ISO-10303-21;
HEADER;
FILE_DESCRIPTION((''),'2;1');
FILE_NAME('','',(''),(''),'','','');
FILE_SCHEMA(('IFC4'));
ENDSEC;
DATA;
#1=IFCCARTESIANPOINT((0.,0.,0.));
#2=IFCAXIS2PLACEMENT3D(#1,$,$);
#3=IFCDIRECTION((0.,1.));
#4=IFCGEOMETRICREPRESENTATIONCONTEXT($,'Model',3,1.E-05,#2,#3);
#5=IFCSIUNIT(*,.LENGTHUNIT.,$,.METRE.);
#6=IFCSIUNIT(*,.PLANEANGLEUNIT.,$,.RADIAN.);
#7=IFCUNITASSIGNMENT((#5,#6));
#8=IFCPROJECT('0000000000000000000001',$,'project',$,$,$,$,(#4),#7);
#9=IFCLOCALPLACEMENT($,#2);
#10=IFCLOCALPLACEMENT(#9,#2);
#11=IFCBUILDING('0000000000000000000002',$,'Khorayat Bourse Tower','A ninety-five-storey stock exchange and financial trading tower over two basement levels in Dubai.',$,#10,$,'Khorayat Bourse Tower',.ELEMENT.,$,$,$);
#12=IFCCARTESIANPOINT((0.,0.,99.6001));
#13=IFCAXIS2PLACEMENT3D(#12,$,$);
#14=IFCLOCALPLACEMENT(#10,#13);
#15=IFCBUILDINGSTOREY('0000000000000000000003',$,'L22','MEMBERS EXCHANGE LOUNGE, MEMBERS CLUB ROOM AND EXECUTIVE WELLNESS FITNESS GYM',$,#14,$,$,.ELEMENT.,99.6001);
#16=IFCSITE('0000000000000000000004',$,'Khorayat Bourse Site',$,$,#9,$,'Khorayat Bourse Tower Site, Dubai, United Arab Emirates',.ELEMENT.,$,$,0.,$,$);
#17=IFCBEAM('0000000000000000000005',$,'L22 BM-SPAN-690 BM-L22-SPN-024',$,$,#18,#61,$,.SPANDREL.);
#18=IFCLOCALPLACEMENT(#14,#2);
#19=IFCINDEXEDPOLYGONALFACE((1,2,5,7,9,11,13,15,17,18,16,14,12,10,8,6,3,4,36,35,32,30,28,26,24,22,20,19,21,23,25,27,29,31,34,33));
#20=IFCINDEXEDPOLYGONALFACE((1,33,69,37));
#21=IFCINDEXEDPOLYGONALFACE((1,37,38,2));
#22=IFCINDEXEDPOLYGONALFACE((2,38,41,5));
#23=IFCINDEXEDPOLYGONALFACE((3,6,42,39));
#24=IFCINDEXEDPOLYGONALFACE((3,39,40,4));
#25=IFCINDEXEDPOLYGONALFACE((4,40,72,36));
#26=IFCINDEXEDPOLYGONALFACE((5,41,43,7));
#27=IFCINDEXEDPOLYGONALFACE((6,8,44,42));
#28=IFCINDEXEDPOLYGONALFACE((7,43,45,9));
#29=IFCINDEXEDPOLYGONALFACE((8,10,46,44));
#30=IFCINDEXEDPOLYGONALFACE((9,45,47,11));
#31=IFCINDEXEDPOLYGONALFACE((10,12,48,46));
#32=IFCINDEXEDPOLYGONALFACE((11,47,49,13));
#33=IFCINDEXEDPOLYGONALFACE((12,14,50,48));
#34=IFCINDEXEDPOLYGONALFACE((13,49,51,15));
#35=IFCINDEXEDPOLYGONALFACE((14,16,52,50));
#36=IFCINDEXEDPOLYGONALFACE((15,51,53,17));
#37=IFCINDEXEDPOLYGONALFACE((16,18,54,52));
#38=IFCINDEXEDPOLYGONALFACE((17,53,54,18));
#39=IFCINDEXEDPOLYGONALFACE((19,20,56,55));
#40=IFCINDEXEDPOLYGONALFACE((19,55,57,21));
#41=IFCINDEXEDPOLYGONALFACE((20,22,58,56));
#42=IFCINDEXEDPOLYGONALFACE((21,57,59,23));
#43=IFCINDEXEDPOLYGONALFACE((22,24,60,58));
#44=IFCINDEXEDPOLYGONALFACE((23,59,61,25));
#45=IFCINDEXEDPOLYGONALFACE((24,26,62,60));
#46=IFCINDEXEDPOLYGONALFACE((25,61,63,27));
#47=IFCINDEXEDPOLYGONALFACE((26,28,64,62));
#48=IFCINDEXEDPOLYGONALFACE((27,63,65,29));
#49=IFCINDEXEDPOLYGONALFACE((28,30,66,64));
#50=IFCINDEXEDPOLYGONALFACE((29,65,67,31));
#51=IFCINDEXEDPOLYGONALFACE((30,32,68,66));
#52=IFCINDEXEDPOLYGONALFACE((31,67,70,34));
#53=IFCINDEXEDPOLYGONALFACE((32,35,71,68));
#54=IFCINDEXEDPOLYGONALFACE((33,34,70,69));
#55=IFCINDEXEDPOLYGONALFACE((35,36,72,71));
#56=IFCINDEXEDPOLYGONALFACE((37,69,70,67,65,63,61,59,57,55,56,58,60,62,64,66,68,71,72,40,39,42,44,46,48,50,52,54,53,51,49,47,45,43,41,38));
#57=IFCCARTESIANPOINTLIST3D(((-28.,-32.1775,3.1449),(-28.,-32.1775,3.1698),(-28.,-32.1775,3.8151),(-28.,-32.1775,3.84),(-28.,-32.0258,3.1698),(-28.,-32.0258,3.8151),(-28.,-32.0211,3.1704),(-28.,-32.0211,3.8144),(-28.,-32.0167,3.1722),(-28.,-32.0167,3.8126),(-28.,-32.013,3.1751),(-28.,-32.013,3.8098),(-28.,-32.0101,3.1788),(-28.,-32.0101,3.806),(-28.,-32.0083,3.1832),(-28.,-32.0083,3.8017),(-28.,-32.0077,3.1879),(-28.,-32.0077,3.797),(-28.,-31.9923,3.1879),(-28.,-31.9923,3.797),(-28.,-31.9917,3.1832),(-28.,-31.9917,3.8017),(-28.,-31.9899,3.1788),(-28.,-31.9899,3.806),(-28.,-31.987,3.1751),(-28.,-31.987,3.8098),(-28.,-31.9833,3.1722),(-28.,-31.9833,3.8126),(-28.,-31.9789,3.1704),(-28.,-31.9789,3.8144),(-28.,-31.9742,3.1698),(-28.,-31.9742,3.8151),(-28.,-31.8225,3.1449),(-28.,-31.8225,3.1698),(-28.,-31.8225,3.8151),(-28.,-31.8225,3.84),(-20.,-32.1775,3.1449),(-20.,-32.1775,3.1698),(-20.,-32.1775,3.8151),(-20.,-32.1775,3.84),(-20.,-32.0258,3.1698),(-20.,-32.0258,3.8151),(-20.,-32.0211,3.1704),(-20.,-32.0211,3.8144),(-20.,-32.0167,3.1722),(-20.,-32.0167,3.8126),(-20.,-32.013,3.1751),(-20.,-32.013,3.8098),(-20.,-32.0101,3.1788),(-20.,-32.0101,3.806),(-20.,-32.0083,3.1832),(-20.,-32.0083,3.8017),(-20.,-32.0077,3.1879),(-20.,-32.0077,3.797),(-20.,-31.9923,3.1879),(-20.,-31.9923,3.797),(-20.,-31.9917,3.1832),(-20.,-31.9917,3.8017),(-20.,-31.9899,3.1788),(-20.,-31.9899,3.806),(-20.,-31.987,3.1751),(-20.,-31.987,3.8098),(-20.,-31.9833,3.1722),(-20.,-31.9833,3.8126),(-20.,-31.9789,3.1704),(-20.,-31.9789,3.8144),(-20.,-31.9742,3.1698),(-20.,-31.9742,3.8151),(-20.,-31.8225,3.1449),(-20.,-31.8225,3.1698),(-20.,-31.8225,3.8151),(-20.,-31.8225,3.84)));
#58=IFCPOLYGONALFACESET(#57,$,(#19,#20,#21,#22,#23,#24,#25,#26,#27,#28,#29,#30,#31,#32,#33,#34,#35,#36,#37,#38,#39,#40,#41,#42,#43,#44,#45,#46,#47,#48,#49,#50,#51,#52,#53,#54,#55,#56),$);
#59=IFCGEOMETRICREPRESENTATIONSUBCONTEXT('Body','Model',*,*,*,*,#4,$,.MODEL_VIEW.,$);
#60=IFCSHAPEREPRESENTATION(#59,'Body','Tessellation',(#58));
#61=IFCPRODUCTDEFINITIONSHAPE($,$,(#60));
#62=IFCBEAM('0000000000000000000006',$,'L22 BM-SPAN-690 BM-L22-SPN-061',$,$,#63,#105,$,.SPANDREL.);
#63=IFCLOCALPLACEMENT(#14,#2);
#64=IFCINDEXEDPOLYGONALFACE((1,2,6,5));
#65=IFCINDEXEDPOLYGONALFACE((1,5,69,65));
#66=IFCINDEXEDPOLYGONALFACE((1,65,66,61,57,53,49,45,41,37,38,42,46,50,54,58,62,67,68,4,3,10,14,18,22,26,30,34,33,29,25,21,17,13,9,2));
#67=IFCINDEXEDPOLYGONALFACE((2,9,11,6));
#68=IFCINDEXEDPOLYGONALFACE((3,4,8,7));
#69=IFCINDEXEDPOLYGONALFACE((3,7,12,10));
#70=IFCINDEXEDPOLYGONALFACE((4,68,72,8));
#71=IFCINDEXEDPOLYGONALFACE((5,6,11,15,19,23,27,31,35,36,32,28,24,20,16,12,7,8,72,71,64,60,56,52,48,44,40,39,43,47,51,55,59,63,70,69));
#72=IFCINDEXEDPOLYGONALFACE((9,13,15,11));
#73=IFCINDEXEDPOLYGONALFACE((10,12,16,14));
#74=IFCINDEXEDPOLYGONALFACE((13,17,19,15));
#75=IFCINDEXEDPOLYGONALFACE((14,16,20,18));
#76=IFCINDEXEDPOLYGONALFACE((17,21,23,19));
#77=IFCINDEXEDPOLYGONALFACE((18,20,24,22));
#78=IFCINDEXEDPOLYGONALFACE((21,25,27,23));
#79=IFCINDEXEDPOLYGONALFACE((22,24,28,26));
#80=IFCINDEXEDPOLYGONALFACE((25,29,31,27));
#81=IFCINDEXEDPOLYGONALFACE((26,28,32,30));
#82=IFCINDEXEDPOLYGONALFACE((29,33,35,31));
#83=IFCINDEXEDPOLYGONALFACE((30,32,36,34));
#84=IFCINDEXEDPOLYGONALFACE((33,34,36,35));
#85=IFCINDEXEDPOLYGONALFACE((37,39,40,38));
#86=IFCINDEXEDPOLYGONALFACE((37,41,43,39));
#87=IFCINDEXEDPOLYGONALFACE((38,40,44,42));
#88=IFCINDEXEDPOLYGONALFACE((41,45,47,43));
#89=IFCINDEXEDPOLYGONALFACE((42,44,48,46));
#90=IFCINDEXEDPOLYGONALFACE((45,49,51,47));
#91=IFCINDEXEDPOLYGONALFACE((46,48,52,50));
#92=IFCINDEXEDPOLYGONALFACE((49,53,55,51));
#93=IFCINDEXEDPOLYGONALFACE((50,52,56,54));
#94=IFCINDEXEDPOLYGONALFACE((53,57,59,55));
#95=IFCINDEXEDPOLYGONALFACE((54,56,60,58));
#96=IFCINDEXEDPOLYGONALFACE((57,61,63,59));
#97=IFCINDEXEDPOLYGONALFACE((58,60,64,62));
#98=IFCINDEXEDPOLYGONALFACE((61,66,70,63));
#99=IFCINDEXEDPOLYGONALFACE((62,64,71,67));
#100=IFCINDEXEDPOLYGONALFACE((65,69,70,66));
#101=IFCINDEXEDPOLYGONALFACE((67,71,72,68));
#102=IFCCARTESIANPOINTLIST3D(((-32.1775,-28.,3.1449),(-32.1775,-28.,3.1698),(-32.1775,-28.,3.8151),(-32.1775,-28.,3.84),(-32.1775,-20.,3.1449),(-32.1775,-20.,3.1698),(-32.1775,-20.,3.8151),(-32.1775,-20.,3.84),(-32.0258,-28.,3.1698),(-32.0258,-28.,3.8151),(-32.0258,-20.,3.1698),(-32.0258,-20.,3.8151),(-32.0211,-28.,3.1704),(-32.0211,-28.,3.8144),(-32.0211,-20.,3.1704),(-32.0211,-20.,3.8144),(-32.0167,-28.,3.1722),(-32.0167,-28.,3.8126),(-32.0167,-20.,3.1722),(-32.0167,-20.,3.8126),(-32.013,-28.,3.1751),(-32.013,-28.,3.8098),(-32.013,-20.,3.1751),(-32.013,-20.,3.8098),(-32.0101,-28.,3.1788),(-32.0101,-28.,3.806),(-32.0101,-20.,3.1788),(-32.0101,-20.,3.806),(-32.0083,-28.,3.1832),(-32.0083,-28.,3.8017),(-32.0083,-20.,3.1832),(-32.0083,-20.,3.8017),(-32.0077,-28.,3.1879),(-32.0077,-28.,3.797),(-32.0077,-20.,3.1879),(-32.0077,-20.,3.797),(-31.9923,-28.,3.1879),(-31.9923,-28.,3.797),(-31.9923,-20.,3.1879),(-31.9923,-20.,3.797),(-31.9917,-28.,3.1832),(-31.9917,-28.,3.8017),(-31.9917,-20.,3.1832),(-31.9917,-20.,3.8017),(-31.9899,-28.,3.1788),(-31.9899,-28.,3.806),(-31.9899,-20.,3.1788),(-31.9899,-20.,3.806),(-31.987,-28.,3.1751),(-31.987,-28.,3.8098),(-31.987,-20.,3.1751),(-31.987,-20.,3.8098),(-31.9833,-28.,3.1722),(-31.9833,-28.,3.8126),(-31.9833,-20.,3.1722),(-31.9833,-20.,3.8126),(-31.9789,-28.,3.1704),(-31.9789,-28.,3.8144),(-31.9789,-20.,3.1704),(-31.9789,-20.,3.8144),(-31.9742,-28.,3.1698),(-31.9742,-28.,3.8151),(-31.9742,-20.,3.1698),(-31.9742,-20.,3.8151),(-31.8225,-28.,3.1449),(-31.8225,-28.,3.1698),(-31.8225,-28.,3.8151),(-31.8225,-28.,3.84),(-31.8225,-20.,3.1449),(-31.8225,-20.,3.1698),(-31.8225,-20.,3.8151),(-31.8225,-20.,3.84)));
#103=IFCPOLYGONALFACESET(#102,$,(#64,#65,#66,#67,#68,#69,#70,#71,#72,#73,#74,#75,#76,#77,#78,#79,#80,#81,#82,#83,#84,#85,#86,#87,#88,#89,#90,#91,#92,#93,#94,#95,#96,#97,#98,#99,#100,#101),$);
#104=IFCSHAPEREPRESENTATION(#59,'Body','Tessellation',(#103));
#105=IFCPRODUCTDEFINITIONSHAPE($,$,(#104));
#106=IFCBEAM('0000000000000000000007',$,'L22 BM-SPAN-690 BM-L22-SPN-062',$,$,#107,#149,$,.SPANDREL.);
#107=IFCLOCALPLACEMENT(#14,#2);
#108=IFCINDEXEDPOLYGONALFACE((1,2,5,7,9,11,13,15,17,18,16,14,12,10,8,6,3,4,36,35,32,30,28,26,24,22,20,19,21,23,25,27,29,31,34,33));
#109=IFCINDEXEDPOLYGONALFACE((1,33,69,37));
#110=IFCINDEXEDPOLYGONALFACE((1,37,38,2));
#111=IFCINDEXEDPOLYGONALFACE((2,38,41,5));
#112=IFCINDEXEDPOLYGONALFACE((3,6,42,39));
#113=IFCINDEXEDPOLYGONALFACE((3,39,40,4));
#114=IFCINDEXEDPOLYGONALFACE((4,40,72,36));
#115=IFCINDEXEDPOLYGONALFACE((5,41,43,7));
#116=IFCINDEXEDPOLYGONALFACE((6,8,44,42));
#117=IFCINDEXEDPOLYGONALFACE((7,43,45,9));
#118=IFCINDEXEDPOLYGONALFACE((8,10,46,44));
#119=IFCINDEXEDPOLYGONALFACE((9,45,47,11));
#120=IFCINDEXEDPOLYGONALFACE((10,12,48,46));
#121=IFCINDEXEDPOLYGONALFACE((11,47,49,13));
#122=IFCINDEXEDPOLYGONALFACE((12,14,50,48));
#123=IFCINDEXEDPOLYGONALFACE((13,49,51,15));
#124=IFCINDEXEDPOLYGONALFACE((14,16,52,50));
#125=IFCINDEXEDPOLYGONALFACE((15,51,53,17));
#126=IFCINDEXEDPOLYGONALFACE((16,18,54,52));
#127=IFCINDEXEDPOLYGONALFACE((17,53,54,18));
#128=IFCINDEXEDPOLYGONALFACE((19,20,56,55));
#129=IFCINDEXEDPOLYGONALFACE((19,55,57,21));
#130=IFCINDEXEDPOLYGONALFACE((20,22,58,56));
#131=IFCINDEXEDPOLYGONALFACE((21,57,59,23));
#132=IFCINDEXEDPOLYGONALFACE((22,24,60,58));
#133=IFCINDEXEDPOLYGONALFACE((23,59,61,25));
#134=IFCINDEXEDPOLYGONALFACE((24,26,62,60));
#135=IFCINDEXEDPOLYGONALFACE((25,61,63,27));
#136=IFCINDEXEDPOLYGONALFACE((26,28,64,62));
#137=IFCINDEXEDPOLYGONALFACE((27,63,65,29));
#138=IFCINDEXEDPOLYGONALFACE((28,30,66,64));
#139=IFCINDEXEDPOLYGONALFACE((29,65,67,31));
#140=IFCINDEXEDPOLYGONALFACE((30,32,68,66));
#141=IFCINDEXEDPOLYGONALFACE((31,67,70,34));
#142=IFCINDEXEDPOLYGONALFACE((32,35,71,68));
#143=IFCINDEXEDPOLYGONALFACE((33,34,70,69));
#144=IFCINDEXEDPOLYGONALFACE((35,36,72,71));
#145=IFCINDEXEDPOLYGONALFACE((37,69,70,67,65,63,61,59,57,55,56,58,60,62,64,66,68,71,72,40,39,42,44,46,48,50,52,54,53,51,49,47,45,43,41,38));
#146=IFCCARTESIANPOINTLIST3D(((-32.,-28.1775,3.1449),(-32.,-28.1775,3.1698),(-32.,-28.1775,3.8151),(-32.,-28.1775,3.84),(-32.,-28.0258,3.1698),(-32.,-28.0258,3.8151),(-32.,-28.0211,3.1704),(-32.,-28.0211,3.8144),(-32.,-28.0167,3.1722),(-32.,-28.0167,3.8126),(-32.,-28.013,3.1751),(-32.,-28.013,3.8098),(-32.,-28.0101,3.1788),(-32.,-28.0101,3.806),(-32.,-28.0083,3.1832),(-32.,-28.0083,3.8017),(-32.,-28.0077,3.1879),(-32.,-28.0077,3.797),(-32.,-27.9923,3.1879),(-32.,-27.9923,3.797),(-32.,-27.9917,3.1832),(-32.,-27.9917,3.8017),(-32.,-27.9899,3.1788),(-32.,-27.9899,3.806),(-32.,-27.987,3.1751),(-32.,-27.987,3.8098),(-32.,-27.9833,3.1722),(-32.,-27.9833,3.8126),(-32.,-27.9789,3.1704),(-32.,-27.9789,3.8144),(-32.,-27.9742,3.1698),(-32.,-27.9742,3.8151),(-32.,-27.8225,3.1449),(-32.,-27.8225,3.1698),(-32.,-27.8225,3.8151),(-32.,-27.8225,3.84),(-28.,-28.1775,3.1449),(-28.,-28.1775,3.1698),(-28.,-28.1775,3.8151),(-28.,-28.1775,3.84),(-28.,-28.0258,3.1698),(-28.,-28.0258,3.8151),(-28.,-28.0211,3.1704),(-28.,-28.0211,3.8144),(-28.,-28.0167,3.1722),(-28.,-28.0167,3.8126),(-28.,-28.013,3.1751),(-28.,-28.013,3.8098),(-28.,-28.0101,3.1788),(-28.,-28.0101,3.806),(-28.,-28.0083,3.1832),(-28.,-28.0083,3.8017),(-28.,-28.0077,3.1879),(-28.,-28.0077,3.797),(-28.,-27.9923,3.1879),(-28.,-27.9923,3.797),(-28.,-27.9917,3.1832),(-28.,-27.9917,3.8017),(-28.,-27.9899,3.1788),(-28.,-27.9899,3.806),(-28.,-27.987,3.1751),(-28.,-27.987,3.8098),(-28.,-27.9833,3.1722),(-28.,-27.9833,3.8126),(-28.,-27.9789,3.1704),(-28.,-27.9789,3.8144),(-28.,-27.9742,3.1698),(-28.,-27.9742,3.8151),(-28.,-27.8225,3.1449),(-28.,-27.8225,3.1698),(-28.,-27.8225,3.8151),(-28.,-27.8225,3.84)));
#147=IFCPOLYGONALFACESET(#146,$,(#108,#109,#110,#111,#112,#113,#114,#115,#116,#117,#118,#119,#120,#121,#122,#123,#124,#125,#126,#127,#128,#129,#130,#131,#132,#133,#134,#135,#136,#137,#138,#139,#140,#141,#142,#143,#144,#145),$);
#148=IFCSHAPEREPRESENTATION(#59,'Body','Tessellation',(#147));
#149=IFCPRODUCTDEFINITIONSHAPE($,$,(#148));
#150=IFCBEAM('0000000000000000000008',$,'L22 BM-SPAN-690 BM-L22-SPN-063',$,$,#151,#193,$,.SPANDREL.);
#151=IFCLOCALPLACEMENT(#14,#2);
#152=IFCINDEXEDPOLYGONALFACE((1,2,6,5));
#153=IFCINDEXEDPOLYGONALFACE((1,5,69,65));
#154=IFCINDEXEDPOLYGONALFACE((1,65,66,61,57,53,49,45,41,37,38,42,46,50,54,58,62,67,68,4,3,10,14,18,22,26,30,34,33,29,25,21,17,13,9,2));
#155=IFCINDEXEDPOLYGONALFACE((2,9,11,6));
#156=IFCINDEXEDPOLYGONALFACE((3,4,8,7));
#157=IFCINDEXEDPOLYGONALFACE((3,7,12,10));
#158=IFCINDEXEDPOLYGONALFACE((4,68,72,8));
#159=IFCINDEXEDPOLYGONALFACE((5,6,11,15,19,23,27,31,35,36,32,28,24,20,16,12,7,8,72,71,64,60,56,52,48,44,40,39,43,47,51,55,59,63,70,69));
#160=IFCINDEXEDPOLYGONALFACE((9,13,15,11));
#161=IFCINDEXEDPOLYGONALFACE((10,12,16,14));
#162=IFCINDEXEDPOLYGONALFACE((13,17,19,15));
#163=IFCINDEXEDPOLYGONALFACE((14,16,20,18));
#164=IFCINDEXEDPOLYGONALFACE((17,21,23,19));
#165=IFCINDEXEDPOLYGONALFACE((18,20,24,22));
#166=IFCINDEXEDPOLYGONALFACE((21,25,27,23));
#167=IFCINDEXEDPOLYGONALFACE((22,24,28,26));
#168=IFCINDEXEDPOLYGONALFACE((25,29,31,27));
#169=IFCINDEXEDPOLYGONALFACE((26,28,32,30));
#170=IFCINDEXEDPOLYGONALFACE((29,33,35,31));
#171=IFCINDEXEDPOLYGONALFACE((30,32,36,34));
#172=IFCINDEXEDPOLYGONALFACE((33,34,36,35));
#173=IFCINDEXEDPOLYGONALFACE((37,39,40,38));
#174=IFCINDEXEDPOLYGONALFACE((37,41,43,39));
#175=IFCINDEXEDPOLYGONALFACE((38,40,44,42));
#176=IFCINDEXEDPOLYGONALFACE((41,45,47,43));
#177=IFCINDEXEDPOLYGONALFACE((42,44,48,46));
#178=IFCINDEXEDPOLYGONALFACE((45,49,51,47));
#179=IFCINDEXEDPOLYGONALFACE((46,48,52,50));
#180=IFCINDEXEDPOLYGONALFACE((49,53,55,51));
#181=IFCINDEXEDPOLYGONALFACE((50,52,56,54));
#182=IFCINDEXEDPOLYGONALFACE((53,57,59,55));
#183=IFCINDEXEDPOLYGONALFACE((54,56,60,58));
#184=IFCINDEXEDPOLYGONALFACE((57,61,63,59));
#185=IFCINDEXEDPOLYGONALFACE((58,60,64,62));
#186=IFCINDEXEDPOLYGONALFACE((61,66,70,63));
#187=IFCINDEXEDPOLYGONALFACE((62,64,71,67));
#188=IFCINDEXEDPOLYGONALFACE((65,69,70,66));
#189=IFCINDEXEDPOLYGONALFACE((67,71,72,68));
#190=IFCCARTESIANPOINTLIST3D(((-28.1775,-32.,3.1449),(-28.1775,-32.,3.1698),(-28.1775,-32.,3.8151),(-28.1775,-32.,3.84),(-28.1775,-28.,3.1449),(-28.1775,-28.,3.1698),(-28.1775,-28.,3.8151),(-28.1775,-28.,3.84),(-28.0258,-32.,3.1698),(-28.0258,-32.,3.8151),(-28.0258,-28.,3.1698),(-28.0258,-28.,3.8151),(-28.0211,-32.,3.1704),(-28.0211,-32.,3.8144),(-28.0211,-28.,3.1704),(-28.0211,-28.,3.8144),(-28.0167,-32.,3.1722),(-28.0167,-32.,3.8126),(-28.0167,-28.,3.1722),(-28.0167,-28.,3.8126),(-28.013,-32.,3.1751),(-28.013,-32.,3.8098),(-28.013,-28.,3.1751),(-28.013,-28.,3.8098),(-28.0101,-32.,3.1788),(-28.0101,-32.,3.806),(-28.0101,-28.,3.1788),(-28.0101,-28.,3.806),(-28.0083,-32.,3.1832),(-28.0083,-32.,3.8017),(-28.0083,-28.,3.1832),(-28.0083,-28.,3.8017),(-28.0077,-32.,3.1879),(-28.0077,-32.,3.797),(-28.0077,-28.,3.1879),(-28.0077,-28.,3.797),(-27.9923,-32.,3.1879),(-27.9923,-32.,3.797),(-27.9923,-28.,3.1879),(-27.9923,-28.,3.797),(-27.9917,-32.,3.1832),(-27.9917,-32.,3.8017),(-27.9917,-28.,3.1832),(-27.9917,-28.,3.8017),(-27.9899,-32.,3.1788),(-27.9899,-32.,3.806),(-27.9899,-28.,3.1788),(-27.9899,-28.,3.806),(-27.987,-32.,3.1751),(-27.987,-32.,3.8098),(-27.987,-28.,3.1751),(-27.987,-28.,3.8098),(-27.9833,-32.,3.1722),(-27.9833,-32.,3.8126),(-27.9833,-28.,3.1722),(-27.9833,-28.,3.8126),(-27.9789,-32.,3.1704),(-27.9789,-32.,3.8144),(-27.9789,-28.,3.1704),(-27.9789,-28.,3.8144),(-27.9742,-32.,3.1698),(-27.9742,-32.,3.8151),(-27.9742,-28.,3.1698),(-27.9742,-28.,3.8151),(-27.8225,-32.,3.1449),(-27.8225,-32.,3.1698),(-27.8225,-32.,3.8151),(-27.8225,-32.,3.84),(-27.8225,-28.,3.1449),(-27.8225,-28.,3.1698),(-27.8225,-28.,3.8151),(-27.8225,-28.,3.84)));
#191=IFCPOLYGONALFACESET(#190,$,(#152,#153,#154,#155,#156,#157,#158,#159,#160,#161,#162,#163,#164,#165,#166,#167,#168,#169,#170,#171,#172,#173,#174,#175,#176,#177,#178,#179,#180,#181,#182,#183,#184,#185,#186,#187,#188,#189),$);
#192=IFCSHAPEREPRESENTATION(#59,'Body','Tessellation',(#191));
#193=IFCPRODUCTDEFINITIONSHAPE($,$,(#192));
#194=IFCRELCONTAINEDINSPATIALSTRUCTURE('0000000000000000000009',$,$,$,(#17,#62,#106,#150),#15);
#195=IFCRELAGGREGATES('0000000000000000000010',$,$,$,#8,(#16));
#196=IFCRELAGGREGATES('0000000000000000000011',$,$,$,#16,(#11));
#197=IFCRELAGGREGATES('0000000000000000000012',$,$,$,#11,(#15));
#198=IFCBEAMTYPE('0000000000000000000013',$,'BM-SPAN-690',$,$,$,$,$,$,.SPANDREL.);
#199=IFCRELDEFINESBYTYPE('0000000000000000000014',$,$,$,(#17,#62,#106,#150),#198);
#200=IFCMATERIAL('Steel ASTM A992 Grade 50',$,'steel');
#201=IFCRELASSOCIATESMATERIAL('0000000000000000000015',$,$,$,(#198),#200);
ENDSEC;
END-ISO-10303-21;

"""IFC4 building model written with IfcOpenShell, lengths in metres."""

from ifc_helpers import new_model, si_unit, direction, frame, origin, origin_2d, place, context, subcontext, project, spatial, i_section, extrude, source, transform, mapped, material, material_profile, profile_set, type_object, element, save


model = new_model("IFC4")

# Units and contexts
model_context = context("Model", 3, precision=1e-05, world=origin(), true_north=direction((0.0, 1.0)))
body_context = subcontext(model_context, "Body", "Model", "MODEL_VIEW")
ifc_project = project(units=[si_unit("LENGTHUNIT", "METRE"), si_unit("PLANEANGLEUNIT", "RADIAN")], contexts=[model_context])

# Site, building, storey
site_placement = place(None, origin())
site = spatial("IfcSite", under=ifc_project, at=site_placement, Name="Khorayat Bourse Site", LongName="Khorayat Bourse Tower Site, Dubai, United Arab Emirates", CompositionType="ELEMENT", RefElevation=0.0)
building_placement = place(site_placement, origin())
building = spatial("IfcBuilding", under=site, at=building_placement, Name="Khorayat Bourse Tower", Description="A ninety-five-storey stock exchange and financial trading tower over two basement levels in Dubai.", LongName="Khorayat Bourse Tower", CompositionType="ELEMENT")
storey_placement = place(building_placement, frame((0.0, 0.0, 99.6001)))
storey = spatial("IfcBuildingStorey", under=building, at=storey_placement, Name="L22", Description="MEMBERS EXCHANGE LOUNGE, MEMBERS CLUB ROOM AND EXECUTIVE WELLNESS FITNESS GYM", CompositionType="ELEMENT", Elevation=99.6001)

# Beams
ifc_material_1 = material(Name="Steel ASTM A992 Grade 50", Category="steel")
ifc_material_profile_1 = material_profile(ifc_material_1, i_section(OverallWidth=0.355, OverallDepth=0.6951, WebThickness=0.0154, FlangeThickness=0.0249, FilletRadius=0.0181, at=origin_2d()), Name="W690X217")
ifc_profile_set_1 = profile_set([ifc_material_profile_1], Name="Steel ASTM A992 Grade 50")
beam_type_1 = type_object("IfcBeamType", Name="BM-SPAN-690", PredefinedType="SPANDREL", material=ifc_profile_set_1)
shared_shape_1 = source(origin(), body_context, "Body", "SweptSolid", [
    extrude(i_section(OverallWidth=0.355, OverallDepth=0.6951, WebThickness=0.0154, FlangeThickness=0.0249, FilletRadius=0.0181, at=origin_2d()), origin(), (0.0, 0.0, 1.0), 8.0),
])
for number, where, z_axis, x_axis, name in (
    (1, (-28.0, -32.0, 3.4924), (1.0, 0.0, 0.0), (0.0, 1.0, 0.0), "L22 BM-SPAN-690 BM-L22-SPN-024"),
    (2, (-32.0, -28.0, 3.4924), (0.0, 1.0, 0.0), (-1.0, 0.0, 0.0), "L22 BM-SPAN-690 BM-L22-SPN-061"),
):
    element("IfcBeam", number, at=place(storey_placement, frame(where, z_axis=z_axis, x_axis=x_axis)), inside=storey, type_object=beam_type_1, Name=name, PredefinedType="SPANDREL", context=body_context, shape_type="MappedRepresentation", body=[
        mapped(shared_shape_1, transform((0.0, 0.0, 0.0), scale=1.0)),
    ])
shared_shape_2 = source(origin(), body_context, "Body", "SweptSolid", [
    extrude(i_section(OverallWidth=0.355, OverallDepth=0.6951, WebThickness=0.0154, FlangeThickness=0.0249, FilletRadius=0.0181, at=origin_2d()), origin(), (0.0, 0.0, 1.0), 4.0),
])
for number, where, z_axis, x_axis, name in (
    (3, (-32.0, -28.0, 3.4924), (1.0, 0.0, 0.0), (0.0, 1.0, 0.0), "L22 BM-SPAN-690 BM-L22-SPN-062"),
    (4, (-28.0, -32.0, 3.4924), (0.0, 1.0, 0.0), (-1.0, 0.0, 0.0), "L22 BM-SPAN-690 BM-L22-SPN-063"),
):
    element("IfcBeam", number, at=place(storey_placement, frame(where, z_axis=z_axis, x_axis=x_axis)), inside=storey, type_object=beam_type_1, Name=name, PredefinedType="SPANDREL", context=body_context, shape_type="MappedRepresentation", body=[
        mapped(shared_shape_2, transform((0.0, 0.0, 0.0), scale=1.0)),
    ])

save(model, "model.ifc")
